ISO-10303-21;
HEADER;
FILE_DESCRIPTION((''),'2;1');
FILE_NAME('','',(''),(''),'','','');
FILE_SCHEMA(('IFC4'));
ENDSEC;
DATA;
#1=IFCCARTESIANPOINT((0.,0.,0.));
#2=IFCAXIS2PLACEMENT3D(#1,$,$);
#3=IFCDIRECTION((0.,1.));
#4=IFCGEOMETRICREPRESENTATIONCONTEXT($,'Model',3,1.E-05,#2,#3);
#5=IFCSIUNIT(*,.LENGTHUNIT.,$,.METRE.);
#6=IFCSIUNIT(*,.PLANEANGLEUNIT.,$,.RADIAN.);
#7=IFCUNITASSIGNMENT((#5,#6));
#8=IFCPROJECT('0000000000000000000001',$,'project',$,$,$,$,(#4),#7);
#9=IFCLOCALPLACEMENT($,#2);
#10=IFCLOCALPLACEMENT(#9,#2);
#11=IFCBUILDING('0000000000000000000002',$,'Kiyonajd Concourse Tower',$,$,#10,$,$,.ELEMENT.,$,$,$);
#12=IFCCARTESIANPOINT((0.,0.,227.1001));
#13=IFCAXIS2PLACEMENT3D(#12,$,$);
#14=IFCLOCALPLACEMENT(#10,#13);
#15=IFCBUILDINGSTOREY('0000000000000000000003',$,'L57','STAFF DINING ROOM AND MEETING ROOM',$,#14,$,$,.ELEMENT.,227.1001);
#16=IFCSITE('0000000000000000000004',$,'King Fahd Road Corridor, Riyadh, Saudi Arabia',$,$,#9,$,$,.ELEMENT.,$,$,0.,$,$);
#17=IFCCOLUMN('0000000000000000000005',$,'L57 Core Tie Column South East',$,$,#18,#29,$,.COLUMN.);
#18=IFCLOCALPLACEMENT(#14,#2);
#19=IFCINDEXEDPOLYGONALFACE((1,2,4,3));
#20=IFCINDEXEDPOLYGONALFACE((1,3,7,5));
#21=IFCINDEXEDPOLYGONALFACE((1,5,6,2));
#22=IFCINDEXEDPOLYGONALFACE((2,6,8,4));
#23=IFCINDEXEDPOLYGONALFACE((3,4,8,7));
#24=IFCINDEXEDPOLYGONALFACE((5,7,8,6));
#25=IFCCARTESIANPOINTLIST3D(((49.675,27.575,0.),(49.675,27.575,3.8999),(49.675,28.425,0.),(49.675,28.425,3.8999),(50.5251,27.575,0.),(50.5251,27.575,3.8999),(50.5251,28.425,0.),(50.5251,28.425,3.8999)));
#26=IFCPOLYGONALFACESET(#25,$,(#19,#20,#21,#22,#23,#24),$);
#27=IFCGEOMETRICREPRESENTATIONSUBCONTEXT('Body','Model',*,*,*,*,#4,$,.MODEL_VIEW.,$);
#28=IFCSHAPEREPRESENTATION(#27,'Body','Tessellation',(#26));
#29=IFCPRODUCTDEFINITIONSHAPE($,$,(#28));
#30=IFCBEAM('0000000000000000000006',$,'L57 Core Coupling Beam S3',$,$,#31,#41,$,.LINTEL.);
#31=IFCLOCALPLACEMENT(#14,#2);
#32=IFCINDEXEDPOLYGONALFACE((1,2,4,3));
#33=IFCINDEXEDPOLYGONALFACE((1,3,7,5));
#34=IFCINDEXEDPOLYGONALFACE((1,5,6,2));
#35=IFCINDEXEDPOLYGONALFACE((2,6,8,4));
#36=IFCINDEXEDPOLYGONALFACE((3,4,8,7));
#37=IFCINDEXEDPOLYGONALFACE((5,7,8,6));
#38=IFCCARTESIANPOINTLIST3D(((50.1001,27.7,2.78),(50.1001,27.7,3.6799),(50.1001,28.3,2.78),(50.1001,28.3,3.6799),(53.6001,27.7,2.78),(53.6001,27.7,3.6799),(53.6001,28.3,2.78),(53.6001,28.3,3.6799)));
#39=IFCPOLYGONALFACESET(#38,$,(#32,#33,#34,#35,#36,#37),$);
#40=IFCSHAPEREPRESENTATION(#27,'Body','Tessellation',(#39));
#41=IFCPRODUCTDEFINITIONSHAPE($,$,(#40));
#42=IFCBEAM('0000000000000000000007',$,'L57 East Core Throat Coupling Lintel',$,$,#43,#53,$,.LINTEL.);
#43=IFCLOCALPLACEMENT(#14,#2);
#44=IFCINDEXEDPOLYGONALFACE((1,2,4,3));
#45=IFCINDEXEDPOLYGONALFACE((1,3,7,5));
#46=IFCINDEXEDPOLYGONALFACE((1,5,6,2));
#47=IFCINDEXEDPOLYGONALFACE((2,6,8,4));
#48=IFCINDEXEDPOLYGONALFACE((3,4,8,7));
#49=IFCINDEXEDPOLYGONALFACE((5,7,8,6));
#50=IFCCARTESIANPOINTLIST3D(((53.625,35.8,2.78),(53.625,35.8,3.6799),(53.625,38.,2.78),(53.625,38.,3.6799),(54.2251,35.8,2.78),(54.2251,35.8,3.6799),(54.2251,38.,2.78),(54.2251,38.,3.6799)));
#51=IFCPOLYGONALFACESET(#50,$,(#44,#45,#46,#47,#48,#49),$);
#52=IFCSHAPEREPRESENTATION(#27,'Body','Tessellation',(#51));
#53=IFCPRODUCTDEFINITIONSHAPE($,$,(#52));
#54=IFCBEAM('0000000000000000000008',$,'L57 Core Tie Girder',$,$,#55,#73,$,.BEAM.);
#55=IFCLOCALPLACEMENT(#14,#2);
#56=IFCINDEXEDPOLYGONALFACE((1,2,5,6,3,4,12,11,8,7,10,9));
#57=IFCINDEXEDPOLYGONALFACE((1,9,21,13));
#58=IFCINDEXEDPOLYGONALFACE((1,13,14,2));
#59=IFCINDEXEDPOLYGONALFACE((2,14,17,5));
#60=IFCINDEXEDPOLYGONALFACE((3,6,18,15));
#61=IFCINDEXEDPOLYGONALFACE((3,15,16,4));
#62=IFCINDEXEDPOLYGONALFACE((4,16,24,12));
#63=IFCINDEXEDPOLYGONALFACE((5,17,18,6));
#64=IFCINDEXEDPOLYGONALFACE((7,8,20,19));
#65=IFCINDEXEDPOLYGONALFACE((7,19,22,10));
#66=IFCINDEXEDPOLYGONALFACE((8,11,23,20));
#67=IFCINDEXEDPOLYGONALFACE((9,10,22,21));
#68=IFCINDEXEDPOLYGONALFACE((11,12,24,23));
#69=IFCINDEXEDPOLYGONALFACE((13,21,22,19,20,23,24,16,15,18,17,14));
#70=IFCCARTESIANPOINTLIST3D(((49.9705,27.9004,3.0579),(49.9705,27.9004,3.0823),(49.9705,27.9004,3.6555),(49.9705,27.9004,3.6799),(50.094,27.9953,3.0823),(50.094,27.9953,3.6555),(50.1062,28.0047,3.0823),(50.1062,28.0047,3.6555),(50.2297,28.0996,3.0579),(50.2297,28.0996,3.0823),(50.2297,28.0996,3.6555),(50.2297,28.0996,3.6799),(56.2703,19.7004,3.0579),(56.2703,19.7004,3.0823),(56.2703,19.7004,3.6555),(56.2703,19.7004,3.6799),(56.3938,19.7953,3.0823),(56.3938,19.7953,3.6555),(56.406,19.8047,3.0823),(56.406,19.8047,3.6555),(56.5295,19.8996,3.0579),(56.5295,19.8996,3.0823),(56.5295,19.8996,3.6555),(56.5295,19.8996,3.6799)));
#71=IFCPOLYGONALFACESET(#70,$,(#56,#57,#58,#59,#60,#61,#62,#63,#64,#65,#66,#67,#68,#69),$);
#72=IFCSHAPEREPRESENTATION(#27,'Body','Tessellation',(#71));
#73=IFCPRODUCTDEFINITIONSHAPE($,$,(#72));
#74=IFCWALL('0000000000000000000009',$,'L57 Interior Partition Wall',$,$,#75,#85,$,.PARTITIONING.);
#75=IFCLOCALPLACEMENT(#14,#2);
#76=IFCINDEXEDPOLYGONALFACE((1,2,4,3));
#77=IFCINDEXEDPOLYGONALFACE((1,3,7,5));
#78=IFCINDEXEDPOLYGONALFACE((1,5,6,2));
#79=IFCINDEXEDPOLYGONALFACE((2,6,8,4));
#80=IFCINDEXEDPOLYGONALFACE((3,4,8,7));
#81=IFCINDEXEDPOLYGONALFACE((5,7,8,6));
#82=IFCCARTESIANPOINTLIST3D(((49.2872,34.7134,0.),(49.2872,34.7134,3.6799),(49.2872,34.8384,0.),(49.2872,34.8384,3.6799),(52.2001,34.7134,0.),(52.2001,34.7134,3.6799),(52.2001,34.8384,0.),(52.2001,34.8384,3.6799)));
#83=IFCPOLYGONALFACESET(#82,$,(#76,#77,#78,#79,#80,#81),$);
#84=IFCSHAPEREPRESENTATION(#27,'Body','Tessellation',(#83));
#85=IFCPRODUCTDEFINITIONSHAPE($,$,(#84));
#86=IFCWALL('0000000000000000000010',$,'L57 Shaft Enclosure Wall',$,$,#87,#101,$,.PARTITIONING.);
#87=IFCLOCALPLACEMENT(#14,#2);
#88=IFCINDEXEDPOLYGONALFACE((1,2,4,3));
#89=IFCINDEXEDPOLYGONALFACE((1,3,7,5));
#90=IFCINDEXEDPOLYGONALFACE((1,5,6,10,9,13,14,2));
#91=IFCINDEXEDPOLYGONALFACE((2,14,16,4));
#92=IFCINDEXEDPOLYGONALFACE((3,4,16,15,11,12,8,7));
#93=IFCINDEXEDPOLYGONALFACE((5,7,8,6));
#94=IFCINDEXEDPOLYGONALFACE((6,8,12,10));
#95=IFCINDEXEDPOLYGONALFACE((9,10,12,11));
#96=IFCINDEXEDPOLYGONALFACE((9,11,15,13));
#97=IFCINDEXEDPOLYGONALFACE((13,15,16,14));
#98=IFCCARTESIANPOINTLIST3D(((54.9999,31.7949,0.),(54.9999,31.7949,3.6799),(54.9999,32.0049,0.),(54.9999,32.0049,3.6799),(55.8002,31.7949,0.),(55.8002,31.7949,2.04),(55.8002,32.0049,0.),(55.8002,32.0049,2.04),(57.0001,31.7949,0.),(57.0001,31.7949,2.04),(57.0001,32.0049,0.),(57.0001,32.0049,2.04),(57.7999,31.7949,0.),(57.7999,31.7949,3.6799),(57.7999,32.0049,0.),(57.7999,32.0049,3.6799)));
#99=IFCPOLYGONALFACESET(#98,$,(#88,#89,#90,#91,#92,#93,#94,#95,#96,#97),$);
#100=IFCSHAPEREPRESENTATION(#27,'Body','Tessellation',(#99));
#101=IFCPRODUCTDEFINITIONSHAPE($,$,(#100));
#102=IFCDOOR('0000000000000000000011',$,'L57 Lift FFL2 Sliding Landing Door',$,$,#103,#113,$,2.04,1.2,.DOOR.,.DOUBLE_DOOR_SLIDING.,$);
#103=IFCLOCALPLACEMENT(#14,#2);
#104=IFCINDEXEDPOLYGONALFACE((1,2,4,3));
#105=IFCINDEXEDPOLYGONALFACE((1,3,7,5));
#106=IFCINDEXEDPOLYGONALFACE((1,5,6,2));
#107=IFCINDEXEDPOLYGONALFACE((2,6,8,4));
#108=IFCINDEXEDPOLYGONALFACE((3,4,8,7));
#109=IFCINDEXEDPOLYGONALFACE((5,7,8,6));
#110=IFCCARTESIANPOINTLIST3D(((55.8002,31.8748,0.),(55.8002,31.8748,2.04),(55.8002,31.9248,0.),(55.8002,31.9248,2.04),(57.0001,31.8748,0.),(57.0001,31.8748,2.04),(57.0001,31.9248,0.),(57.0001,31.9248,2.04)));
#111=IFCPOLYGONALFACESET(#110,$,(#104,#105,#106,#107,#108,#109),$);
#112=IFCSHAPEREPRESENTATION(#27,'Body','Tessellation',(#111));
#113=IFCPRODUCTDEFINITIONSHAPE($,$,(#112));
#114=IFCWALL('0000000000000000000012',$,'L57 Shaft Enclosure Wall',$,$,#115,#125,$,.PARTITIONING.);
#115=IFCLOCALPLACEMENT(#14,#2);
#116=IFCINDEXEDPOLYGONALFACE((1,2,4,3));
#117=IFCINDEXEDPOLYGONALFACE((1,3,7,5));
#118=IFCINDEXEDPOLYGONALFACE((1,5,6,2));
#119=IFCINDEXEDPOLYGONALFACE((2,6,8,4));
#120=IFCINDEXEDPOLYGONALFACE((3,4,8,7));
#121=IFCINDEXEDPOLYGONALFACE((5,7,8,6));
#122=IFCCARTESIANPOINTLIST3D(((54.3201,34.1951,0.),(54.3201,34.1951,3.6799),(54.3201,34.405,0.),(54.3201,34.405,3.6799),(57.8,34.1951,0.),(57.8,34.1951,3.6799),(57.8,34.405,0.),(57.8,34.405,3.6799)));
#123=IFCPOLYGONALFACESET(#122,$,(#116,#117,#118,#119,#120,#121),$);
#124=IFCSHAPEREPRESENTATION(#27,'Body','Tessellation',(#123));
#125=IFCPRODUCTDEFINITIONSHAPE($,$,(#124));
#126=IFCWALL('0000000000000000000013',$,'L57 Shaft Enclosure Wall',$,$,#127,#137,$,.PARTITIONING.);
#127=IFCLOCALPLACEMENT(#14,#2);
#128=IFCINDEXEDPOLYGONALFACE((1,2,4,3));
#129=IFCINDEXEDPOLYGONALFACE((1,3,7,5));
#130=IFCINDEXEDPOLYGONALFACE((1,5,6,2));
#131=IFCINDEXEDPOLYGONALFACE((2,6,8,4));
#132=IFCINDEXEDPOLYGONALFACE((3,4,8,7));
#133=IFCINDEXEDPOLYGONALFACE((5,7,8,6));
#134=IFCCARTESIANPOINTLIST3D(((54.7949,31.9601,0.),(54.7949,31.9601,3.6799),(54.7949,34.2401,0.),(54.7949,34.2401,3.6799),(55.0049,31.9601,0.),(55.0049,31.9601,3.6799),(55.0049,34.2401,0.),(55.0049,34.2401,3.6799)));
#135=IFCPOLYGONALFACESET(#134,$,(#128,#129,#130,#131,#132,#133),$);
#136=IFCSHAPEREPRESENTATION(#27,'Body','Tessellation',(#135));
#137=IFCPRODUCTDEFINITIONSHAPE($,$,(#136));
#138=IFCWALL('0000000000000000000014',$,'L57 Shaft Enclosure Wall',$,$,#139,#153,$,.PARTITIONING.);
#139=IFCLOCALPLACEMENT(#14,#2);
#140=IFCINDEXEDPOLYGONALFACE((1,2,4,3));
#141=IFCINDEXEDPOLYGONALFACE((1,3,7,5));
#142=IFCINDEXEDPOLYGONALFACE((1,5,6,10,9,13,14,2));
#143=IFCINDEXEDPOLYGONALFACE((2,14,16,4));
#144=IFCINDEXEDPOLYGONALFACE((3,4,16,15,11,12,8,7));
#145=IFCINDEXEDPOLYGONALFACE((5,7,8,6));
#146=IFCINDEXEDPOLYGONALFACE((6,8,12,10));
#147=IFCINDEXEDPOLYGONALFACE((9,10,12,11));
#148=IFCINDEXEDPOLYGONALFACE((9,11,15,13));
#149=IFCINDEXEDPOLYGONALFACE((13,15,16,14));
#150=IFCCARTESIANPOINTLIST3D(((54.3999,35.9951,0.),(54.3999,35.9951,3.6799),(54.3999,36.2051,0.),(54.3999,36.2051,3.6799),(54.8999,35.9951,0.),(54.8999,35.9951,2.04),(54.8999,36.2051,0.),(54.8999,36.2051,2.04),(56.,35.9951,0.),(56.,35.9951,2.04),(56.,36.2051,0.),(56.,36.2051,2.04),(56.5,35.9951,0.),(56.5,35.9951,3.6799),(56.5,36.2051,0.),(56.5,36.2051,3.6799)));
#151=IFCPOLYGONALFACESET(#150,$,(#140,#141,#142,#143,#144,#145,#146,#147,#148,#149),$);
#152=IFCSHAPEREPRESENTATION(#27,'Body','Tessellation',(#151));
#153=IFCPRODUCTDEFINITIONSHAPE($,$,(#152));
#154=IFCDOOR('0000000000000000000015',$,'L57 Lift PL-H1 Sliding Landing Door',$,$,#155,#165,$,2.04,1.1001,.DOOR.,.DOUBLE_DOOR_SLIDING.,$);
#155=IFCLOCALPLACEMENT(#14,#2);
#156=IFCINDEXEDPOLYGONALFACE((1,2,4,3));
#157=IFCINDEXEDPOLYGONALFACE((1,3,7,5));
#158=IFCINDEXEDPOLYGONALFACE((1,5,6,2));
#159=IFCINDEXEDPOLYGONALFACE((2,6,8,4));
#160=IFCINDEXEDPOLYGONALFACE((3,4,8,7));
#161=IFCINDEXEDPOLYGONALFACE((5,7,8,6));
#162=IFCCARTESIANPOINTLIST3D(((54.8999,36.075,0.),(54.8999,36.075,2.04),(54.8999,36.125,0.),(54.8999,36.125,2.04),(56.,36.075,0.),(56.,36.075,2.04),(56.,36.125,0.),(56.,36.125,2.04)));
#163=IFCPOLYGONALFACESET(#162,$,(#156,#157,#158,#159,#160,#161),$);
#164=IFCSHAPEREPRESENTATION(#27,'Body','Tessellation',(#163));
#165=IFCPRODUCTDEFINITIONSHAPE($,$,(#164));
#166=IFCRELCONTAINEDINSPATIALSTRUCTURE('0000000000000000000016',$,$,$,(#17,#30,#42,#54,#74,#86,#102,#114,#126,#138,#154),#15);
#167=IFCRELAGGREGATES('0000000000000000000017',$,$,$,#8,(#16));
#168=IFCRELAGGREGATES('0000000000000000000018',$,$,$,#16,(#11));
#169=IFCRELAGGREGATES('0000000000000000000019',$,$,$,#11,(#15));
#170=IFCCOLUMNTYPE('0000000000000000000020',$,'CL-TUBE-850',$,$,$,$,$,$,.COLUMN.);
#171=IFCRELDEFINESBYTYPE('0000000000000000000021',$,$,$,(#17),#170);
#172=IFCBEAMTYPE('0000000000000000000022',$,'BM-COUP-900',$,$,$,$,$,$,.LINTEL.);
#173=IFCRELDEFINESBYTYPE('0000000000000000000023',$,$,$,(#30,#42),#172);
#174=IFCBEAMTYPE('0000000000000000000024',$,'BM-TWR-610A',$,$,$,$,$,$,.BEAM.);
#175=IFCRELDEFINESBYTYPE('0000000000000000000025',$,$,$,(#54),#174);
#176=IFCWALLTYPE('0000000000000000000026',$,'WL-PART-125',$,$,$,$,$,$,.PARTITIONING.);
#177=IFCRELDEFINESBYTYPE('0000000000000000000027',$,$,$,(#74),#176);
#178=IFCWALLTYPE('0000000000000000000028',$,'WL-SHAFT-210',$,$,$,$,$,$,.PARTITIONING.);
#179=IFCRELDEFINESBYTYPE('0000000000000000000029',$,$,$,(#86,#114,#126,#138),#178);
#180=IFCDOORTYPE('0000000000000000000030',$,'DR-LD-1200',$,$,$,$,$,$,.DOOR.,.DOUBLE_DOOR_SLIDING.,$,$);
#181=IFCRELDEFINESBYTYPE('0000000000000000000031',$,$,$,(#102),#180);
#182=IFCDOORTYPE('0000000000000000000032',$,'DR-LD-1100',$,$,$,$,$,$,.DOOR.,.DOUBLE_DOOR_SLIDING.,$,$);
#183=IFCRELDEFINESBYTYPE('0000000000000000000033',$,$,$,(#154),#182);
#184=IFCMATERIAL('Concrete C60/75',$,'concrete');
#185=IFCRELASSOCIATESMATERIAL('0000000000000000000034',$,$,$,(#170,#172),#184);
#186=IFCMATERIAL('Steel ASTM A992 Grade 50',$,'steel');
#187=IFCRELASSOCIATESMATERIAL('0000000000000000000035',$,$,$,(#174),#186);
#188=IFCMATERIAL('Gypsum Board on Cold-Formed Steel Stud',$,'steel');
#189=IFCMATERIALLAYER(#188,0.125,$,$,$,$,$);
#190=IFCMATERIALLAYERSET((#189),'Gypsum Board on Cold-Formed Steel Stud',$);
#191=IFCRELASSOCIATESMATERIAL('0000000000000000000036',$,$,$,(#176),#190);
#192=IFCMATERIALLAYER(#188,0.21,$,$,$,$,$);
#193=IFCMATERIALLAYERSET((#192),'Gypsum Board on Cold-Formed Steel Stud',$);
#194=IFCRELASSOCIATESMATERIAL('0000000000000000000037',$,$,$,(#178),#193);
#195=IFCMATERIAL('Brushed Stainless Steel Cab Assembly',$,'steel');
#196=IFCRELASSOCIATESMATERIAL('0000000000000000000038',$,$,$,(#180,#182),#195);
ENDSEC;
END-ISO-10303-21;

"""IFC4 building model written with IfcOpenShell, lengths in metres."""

from ifc_helpers import new_model, si_unit, direction, frame, frame_2d, origin, origin_2d, place, context, subcontext, project, spatial, rectangle, i_section, extrude, material, layer, layer_set, material_profile, profile_set, type_object, element, fill, save


model = new_model("IFC4")

# Units and contexts
model_context = context("Model", 3, precision=1e-05, world=origin(), true_north=direction((0.0, 1.0)))
body_context = subcontext(model_context, "Body", "Model", "MODEL_VIEW")
ifc_project = project(units=[si_unit("LENGTHUNIT", "METRE"), si_unit("PLANEANGLEUNIT", "RADIAN")], contexts=[model_context])

# Site, building, storey
site_placement = place(None, origin())
site = spatial("IfcSite", under=ifc_project, at=site_placement, Name="King Fahd Road Corridor, Riyadh, Saudi Arabia", CompositionType="ELEMENT", RefElevation=0.0)
building_placement = place(site_placement, origin())
building = spatial("IfcBuilding", under=site, at=building_placement, Name="Kiyonajd Concourse Tower", CompositionType="ELEMENT")
storey_placement = place(building_placement, frame((0.0, 0.0, 227.1001)))
storey = spatial("IfcBuildingStorey", under=building, at=storey_placement, Name="L57", Description="STAFF DINING ROOM AND MEETING ROOM", CompositionType="ELEMENT", Elevation=227.1001)

# Column
ifc_material_1 = material(Name="Concrete C60/75", Category="concrete")
ifc_material_profile_1 = material_profile(ifc_material_1, rectangle(XDim=0.8501, YDim=0.8501, at=origin_2d()), Name="RC-850x850")
ifc_profile_set_1 = profile_set([ifc_material_profile_1], Name="Concrete C60/75")
column_type = type_object("IfcColumnType", Name="CL-TUBE-850", PredefinedType="COLUMN", material=ifc_profile_set_1)
column_placement = place(storey_placement, frame((50.1001, 28.0, 0.0), z_axis=(0.0, 0.0, 1.0), x_axis=(1.0, 0.0, 0.0)))
element("IfcColumn", 1, at=column_placement, inside=storey, type_object=column_type, Name="L57 Core Tie Column South East", PredefinedType="COLUMN", context=body_context, shape_type="SweptSolid", body=[
    extrude(rectangle(XDim=0.8501, YDim=0.8501, at=origin_2d()), origin(), (0.0, 0.0, 1.0), 3.8999),
])

# Beams
ifc_material_profile_2 = material_profile(ifc_material_1, rectangle(XDim=0.6001, YDim=0.8999, at=origin_2d()), Name="RCBM-600x900")
ifc_profile_set_2 = profile_set([ifc_material_profile_2], Name="Concrete C60/75")
beam_type_1 = type_object("IfcBeamType", Name="BM-COUP-900", PredefinedType="LINTEL", material=ifc_profile_set_2)
beam_1_placement = place(storey_placement, frame((50.1001, 28.0, 3.23), z_axis=(1.0, 0.0, 0.0), x_axis=(0.0, 1.0, 0.0)))
element("IfcBeam", 2, at=beam_1_placement, inside=storey, type_object=beam_type_1, Name="L57 Core Coupling Beam S3", PredefinedType="LINTEL", context=body_context, shape_type="SweptSolid", body=[
    extrude(rectangle(XDim=0.6001, YDim=0.8999, at=origin_2d()), origin(), (0.0, 0.0, 1.0), 3.5),
])
beam_2_placement = place(storey_placement, frame((53.925, 35.8, 3.23), z_axis=(0.0, 1.0, 0.0), x_axis=(-1.0, 0.0, 0.0)))
element("IfcBeam", 3, at=beam_2_placement, inside=storey, type_object=beam_type_1, Name="L57 East Core Throat Coupling Lintel", PredefinedType="LINTEL", context=body_context, shape_type="SweptSolid", body=[
    extrude(rectangle(XDim=0.6001, YDim=0.8999, at=origin_2d()), origin(), (0.0, 0.0, 1.0), 2.2),
])
ifc_material_2 = material(Name="Steel ASTM A992 Grade 50", Category="steel")
ifc_material_profile_3 = material_profile(ifc_material_2, i_section(OverallWidth=0.3269, OverallDepth=0.6221, WebThickness=0.0154, FlangeThickness=0.0244, at=origin_2d()), Name="W610X195")
ifc_profile_set_3 = profile_set([ifc_material_profile_3], Name="Steel ASTM A992 Grade 50")
beam_type_2 = type_object("IfcBeamType", Name="BM-TWR-610A", PredefinedType="BEAM", material=ifc_profile_set_3)
beam_3_placement = place(storey_placement, frame((50.1001, 28.0, 3.3689), z_axis=(0.609234, -0.792991, 0.0), x_axis=(0.792991, 0.609234, 0.0)))
element("IfcBeam", 4, at=beam_3_placement, inside=storey, type_object=beam_type_2, Name="L57 Core Tie Girder", PredefinedType="BEAM", context=body_context, shape_type="SweptSolid", body=[
    extrude(i_section(OverallWidth=0.3269, OverallDepth=0.6221, WebThickness=0.0154, FlangeThickness=0.0244, at=origin_2d()), origin(), (0.0, 0.0, 1.0), 10.3406),
])

# Wall
ifc_material_3 = material(Name="Gypsum Board on Cold-Formed Steel Stud", Category="steel")
ifc_layer_1 = layer(ifc_material_3, 0.125)
ifc_layer_set_1 = layer_set([ifc_layer_1], Name="Gypsum Board on Cold-Formed Steel Stud")
wall_type_1 = type_object("IfcWallType", Name="WL-PART-125", PredefinedType="PARTITIONING", material=ifc_layer_set_1)
wall_1_placement = place(storey_placement, frame((49.2871, 34.7759, 0.0), z_axis=(0.0, 0.0, 1.0), x_axis=(1.0, 0.0, 0.0)))
element("IfcWall", 5, at=wall_1_placement, inside=storey, type_object=wall_type_1, Name="L57 Interior Partition Wall", PredefinedType="PARTITIONING", context=body_context, shape_type="SweptSolid", body=[
    extrude(rectangle(XDim=2.9128, YDim=0.125, at=frame_2d((1.4565, 0.0))), origin(), (0.0, 0.0, 1.0), 3.6799),
])

# Wall, opening, door
ifc_layer_2 = layer(ifc_material_3, 0.21)
ifc_layer_set_2 = layer_set([ifc_layer_2], Name="Gypsum Board on Cold-Formed Steel Stud")
wall_type_2 = type_object("IfcWallType", Name="WL-SHAFT-210", PredefinedType="PARTITIONING", material=ifc_layer_set_2)
wall_2_placement = place(storey_placement, frame((55.0, 31.8999, 0.0), z_axis=(0.0, 0.0, 1.0), x_axis=(1.0, 0.0, 0.0)))
wall_2 = element("IfcWall", 6, at=wall_2_placement, inside=storey, type_object=wall_type_2, Name="L57 Shaft Enclosure Wall", PredefinedType="PARTITIONING", context=body_context, shape_type="SweptSolid", body=[
    extrude(rectangle(XDim=2.8, YDim=0.21, at=frame_2d((1.3999, 0.0))), origin(), (0.0, 0.0, 1.0), 3.6799),
])
opening_1_placement = place(wall_2_placement, frame((0.8, 0.0, 0.0)))
opening_1 = element("IfcOpeningElement", 7, at=opening_1_placement, cuts=wall_2, PredefinedType="OPENING", context=body_context, shape_type="SweptSolid", body=[
    extrude(rectangle(XDim=1.2, YDim=2.04, at=frame_2d((0.6001, 1.02))), frame((0.0, 0.115, 0.0), z_axis=(0.0, -1.0, 0.0), x_axis=(1.0, 0.0, 0.0)), (0.0, 0.0, 1.0), 0.23),
])
ifc_material_4 = material(Name="Brushed Stainless Steel Cab Assembly", Category="steel")
door_type_1 = type_object("IfcDoorType", Name="DR-LD-1200", OperationType="DOUBLE_DOOR_SLIDING", PredefinedType="DOOR", material=ifc_material_4)
door_1_placement = place(opening_1_placement, origin())
door_1 = element("IfcDoor", 8, at=door_1_placement, inside=storey, type_object=door_type_1, Name="L57 Lift FFL2 Sliding Landing Door", OperationType="DOUBLE_DOOR_SLIDING", OverallHeight=2.04, OverallWidth=1.2, PredefinedType="DOOR", context=body_context, shape_type="SweptSolid", body=[
    extrude(rectangle(XDim=1.2, YDim=2.04, at=frame_2d((0.6001, 1.02))), frame((0.0, 0.0249, 0.0), z_axis=(0.0, -1.0, 0.0), x_axis=(1.0, 0.0, 0.0)), (0.0, 0.0, 1.0), 0.05),
])
fill(opening_1, door_1)

# Walls
wall_3_placement = place(storey_placement, frame((54.3201, 34.3, 0.0), z_axis=(0.0, 0.0, 1.0), x_axis=(1.0, 0.0, 0.0)))
element("IfcWall", 9, at=wall_3_placement, inside=storey, type_object=wall_type_2, Name="L57 Shaft Enclosure Wall", PredefinedType="PARTITIONING", context=body_context, shape_type="SweptSolid", body=[
    extrude(rectangle(XDim=3.48, YDim=0.21, at=frame_2d((1.74, 0.0))), origin(), (0.0, 0.0, 1.0), 3.6799),
])
wall_4_placement = place(storey_placement, frame((54.8999, 31.96, 0.0), z_axis=(0.0, 0.0, 1.0), x_axis=(0.0, 1.0, 0.0)))
element("IfcWall", 10, at=wall_4_placement, inside=storey, type_object=wall_type_2, Name="L57 Shaft Enclosure Wall", PredefinedType="PARTITIONING", context=body_context, shape_type="SweptSolid", body=[
    extrude(rectangle(XDim=2.28, YDim=0.21, at=frame_2d((1.1401, 0.0))), origin(), (0.0, 0.0, 1.0), 3.6799),
])

# Wall, opening, door
wall_5_placement = place(storey_placement, frame((54.3999, 36.1001, 0.0), z_axis=(0.0, 0.0, 1.0), x_axis=(1.0, 0.0, 0.0)))
wall_5 = element("IfcWall", 11, at=wall_5_placement, inside=storey, type_object=wall_type_2, Name="L57 Shaft Enclosure Wall", PredefinedType="PARTITIONING", context=body_context, shape_type="SweptSolid", body=[
    extrude(rectangle(XDim=2.1001, YDim=0.21, at=frame_2d((1.05, 0.0))), origin(), (0.0, 0.0, 1.0), 3.6799),
])
opening_2_placement = place(wall_5_placement, frame((0.5, 0.0, 0.0)))
opening_2 = element("IfcOpeningElement", 12, at=opening_2_placement, cuts=wall_5, PredefinedType="OPENING", context=body_context, shape_type="SweptSolid", body=[
    extrude(rectangle(XDim=1.1001, YDim=2.04, at=frame_2d((0.55, 1.02))), frame((0.0, 0.115, 0.0), z_axis=(0.0, -1.0, 0.0), x_axis=(1.0, 0.0, 0.0)), (0.0, 0.0, 1.0), 0.23),
])
door_type_2 = type_object("IfcDoorType", Name="DR-LD-1100", OperationType="DOUBLE_DOOR_SLIDING", PredefinedType="DOOR", material=ifc_material_4)
door_2_placement = place(opening_2_placement, origin())
door_2 = element("IfcDoor", 13, at=door_2_placement, inside=storey, type_object=door_type_2, Name="L57 Lift PL-H1 Sliding Landing Door", OperationType="DOUBLE_DOOR_SLIDING", OverallHeight=2.04, OverallWidth=1.1001, PredefinedType="DOOR", context=body_context, shape_type="SweptSolid", body=[
    extrude(rectangle(XDim=1.1001, YDim=2.04, at=frame_2d((0.55, 1.02))), frame((0.0, 0.0249, 0.0), z_axis=(0.0, -1.0, 0.0), x_axis=(1.0, 0.0, 0.0)), (0.0, 0.0, 1.0), 0.05),
])
fill(opening_2, door_2)

save(model, "model.ifc")
